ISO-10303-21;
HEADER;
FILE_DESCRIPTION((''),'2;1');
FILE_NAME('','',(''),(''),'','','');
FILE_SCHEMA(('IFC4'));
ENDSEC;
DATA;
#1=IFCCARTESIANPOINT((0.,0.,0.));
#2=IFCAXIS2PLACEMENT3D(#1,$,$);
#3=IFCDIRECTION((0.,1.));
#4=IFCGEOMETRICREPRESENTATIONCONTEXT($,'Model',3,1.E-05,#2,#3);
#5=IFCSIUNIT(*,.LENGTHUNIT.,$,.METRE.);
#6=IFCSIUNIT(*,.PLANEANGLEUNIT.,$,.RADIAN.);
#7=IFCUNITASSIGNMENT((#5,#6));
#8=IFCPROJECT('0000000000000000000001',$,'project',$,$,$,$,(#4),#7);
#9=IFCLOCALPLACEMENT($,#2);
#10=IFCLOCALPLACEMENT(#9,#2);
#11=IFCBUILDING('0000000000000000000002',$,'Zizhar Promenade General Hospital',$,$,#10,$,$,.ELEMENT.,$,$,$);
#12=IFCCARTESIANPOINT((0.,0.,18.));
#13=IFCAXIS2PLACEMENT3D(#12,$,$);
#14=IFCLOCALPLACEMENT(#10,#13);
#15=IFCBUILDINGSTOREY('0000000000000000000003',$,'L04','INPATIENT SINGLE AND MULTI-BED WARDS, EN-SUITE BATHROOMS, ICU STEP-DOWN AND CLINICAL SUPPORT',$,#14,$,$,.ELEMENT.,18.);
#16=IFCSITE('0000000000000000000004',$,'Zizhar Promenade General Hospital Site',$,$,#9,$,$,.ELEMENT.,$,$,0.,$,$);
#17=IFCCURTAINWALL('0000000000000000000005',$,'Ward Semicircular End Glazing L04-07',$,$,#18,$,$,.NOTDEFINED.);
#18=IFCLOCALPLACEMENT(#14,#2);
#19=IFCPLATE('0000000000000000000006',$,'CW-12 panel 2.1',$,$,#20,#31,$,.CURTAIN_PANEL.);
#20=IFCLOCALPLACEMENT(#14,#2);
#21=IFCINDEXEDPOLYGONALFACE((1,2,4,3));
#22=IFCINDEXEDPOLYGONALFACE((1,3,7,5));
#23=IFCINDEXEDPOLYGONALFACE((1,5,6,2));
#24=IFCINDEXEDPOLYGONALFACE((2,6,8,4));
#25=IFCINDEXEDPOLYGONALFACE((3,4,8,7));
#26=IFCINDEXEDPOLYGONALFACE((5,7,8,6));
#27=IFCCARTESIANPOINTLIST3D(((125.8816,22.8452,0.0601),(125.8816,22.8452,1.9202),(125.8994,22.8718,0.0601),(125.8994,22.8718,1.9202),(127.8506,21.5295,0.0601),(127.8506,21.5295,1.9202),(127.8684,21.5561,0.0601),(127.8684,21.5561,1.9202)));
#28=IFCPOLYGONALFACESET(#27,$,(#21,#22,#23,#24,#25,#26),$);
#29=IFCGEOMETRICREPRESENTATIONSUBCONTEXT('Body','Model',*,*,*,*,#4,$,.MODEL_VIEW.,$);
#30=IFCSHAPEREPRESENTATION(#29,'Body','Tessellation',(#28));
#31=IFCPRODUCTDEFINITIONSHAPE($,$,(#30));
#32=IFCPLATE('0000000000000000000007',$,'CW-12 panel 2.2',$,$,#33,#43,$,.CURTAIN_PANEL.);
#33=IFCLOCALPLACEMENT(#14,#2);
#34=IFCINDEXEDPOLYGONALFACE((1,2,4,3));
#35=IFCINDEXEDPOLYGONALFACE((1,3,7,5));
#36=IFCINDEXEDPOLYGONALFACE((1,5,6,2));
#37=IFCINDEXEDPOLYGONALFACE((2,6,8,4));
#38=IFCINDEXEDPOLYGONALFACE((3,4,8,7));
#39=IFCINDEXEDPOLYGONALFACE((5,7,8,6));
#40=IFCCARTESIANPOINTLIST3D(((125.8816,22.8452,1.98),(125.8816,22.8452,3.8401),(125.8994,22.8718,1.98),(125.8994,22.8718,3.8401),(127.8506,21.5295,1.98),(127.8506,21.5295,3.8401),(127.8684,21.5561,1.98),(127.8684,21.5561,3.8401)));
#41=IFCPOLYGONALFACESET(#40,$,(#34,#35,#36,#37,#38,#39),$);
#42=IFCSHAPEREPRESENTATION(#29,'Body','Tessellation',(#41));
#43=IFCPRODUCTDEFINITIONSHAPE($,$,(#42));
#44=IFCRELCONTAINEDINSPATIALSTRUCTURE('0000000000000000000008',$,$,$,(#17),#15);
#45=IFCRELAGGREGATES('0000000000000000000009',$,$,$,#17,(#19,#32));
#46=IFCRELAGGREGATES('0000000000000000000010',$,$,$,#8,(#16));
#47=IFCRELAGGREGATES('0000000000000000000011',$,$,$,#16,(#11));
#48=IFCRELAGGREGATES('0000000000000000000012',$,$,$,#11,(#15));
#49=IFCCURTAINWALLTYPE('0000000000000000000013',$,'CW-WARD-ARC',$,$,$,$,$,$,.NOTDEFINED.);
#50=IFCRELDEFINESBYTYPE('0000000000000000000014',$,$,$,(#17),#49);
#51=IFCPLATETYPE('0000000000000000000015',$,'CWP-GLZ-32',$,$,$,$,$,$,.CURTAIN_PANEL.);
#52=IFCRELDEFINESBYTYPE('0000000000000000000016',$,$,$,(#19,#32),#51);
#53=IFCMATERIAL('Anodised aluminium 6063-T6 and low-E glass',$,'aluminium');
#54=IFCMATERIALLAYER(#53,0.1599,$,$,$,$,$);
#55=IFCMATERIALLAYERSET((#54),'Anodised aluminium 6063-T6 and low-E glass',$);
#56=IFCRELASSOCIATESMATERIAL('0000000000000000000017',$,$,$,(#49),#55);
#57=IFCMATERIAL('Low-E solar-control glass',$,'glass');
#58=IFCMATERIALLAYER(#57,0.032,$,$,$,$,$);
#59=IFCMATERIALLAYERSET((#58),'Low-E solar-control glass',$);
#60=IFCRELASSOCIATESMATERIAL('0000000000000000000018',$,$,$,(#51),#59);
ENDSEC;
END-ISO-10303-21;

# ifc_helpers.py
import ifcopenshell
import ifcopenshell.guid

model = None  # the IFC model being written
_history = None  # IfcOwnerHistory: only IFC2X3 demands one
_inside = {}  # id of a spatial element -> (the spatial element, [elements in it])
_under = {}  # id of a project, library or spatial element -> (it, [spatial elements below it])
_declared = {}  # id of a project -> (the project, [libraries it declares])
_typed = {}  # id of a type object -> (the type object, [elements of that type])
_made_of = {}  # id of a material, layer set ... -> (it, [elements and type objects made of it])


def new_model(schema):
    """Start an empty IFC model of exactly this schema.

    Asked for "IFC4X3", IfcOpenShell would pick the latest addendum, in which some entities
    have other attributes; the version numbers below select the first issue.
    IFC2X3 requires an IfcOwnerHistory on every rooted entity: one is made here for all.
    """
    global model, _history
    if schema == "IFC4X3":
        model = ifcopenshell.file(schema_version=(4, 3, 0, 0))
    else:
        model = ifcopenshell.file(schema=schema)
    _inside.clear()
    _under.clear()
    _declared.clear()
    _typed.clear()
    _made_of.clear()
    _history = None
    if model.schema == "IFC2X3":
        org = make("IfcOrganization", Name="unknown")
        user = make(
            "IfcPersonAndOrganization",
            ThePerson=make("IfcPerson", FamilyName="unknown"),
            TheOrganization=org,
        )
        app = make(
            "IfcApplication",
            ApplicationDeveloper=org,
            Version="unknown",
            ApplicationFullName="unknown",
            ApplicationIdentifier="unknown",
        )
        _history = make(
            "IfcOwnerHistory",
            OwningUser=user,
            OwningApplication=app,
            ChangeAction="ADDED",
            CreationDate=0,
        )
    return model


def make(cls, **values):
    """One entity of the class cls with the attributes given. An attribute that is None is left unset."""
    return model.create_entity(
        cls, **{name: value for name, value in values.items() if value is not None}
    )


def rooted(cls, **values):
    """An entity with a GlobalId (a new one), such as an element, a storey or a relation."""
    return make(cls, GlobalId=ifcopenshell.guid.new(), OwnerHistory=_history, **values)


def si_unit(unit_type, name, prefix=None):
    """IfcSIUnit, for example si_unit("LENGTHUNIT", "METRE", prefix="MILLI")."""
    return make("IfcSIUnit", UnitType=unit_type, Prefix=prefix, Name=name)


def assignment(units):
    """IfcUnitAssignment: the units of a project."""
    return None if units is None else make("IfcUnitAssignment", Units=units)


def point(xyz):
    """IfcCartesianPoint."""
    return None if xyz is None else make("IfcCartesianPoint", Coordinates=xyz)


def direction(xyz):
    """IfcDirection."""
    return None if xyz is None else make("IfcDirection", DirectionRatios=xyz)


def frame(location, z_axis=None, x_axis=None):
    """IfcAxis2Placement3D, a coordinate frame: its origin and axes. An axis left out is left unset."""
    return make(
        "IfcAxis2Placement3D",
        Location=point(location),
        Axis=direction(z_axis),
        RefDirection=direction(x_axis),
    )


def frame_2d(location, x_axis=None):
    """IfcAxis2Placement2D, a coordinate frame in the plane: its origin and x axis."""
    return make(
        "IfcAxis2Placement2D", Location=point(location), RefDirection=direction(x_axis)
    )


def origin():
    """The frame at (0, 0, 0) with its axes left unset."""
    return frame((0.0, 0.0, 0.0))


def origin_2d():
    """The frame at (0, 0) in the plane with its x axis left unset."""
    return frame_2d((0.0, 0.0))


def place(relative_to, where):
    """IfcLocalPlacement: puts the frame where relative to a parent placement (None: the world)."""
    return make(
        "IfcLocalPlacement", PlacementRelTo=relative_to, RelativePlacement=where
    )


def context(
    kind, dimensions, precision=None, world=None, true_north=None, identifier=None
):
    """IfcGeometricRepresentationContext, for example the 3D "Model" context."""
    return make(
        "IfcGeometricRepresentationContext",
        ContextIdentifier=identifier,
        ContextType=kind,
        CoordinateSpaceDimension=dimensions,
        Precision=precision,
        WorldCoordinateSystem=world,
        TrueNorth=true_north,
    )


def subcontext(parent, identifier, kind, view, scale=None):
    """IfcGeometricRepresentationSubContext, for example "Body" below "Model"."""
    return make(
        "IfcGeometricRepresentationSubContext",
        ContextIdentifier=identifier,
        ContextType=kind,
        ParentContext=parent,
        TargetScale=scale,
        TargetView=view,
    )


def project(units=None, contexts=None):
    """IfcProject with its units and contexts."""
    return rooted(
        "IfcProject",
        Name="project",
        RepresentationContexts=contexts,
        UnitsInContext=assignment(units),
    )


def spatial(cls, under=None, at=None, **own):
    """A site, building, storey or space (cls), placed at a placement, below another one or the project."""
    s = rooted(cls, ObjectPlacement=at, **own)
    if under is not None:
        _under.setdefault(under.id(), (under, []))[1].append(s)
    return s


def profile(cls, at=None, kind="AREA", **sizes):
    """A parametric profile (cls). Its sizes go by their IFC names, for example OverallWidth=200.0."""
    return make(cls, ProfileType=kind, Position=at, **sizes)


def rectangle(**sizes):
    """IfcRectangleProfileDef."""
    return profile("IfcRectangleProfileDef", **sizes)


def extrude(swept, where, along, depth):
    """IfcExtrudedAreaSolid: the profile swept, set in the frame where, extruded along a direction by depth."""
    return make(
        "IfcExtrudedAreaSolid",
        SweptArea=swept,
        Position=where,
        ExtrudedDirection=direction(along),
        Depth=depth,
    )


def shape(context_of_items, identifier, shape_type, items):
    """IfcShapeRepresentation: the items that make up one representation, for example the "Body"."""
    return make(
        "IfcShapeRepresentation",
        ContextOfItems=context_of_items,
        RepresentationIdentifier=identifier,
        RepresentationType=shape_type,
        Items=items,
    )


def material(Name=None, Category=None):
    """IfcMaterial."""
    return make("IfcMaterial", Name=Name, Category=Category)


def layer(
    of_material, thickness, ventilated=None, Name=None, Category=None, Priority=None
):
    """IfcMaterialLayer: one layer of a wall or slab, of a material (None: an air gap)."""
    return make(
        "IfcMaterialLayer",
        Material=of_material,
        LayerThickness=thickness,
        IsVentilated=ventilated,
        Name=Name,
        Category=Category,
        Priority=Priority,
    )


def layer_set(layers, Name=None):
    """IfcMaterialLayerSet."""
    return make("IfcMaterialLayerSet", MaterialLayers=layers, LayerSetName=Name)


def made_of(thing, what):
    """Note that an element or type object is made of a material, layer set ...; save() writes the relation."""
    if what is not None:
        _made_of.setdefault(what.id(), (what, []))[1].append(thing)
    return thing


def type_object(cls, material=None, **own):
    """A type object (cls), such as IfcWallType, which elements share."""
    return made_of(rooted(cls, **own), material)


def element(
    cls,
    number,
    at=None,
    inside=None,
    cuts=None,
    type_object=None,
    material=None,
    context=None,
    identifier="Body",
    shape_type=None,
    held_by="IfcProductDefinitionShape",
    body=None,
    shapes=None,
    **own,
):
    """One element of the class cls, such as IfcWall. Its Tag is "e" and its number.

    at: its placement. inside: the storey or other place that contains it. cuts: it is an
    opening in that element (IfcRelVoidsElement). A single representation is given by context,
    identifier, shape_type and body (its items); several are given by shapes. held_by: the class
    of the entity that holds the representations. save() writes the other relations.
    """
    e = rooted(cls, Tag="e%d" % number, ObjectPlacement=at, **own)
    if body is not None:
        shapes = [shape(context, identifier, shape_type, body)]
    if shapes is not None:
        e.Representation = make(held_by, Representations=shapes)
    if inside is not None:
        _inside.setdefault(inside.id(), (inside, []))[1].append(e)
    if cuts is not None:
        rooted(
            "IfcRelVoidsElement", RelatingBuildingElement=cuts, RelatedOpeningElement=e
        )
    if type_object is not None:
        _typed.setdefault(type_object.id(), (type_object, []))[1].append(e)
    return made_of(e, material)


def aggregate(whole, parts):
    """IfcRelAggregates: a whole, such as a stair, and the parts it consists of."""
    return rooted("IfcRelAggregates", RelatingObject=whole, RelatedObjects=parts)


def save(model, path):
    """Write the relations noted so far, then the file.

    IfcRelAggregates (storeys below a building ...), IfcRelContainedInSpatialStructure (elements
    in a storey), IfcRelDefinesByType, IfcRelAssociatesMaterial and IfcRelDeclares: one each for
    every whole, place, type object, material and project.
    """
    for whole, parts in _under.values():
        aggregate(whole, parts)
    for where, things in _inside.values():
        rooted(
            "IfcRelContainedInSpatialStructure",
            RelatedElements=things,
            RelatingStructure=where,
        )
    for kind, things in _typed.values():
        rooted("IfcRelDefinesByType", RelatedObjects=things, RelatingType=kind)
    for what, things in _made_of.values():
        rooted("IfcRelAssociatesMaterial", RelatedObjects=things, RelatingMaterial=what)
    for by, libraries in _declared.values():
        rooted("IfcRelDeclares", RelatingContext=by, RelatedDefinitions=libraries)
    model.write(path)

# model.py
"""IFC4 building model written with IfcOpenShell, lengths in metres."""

from ifc_helpers import new_model, si_unit, direction, frame, origin, origin_2d, place, context, subcontext, project, spatial, rectangle, extrude, material, layer, layer_set, type_object, element, aggregate, save


model = new_model("IFC4")

# Units and contexts
model_context = context("Model", 3, precision=1e-05, world=origin(), true_north=direction((0.0, 1.0)))
body_context = subcontext(model_context, "Body", "Model", "MODEL_VIEW")
ifc_project = project(units=[si_unit("LENGTHUNIT", "METRE"), si_unit("PLANEANGLEUNIT", "RADIAN")], contexts=[model_context])

# Site, building, storey
site_placement = place(None, origin())
site = spatial("IfcSite", under=ifc_project, at=site_placement, Name="Zizhar Promenade General Hospital Site", CompositionType="ELEMENT", RefElevation=0.0)
building_placement = place(site_placement, origin())
building = spatial("IfcBuilding", under=site, at=building_placement, Name="Zizhar Promenade General Hospital", CompositionType="ELEMENT")
storey_placement = place(building_placement, frame((0.0, 0.0, 18.0)))
storey = spatial("IfcBuildingStorey", under=building, at=storey_placement, Name="L04", Description="INPATIENT SINGLE AND MULTI-BED WARDS, EN-SUITE BATHROOMS, ICU STEP-DOWN AND CLINICAL SUPPORT", CompositionType="ELEMENT", Elevation=18.0)

# Shared definitions
ifc_material_1 = material(Name="Anodised aluminium 6063-T6 and low-E glass", Category="aluminium")
ifc_layer_1 = layer(ifc_material_1, 0.1599)
ifc_layer_set_1 = layer_set([ifc_layer_1], Name="Anodised aluminium 6063-T6 and low-E glass")
curtain_wall_type = type_object("IfcCurtainWallType", Name="CW-WARD-ARC", PredefinedType="NOTDEFINED", material=ifc_layer_set_1)

# Curtain wall
curtain_wall_1_placement = place(storey_placement, origin())
curtain_wall_1 = element("IfcCurtainWall", 1, at=curtain_wall_1_placement, inside=storey, type_object=curtain_wall_type, Name="Ward Semicircular End Glazing L04-07", PredefinedType="NOTDEFINED")

# Plates
ifc_material_2 = material(Name="Low-E solar-control glass", Category="glass")
ifc_layer_2 = layer(ifc_material_2, 0.032)
ifc_layer_set_2 = layer_set([ifc_layer_2], Name="Low-E solar-control glass")
plate_type = type_object("IfcPlateType", Name="CWP-GLZ-32", PredefinedType="CURTAIN_PANEL", material=ifc_layer_set_2)
plate_1_placement = place(storey_placement, frame((126.875, 22.2007, 0.0601), z_axis=(0.0, 0.0, 1.0), x_axis=(0.831462, -0.555582, 0.0)))
plate_1 = element("IfcPlate", 2, at=plate_1_placement, type_object=plate_type, Name="CW-12 panel 2.1", PredefinedType="CURTAIN_PANEL", context=body_context, shape_type="SweptSolid", body=[
    extrude(rectangle(XDim=2.3682, YDim=0.032, at=origin_2d()), origin(), (0.0, 0.0, 1.0), 1.8601),
])
plate_2_placement = place(storey_placement, frame((126.875, 22.2007, 1.98), z_axis=(0.0, 0.0, 1.0), x_axis=(0.831462, -0.555582, 0.0)))
plate_2 = element("IfcPlate", 3, at=plate_2_placement, type_object=plate_type, Name="CW-12 panel 2.2", PredefinedType="CURTAIN_PANEL", context=body_context, shape_type="SweptSolid", body=[
    extrude(rectangle(XDim=2.3682, YDim=0.032, at=origin_2d()), origin(), (0.0, 0.0, 1.0), 1.8601),
])
aggregate(curtain_wall_1, [plate_1, plate_2])

save(model, "model.ifc")
